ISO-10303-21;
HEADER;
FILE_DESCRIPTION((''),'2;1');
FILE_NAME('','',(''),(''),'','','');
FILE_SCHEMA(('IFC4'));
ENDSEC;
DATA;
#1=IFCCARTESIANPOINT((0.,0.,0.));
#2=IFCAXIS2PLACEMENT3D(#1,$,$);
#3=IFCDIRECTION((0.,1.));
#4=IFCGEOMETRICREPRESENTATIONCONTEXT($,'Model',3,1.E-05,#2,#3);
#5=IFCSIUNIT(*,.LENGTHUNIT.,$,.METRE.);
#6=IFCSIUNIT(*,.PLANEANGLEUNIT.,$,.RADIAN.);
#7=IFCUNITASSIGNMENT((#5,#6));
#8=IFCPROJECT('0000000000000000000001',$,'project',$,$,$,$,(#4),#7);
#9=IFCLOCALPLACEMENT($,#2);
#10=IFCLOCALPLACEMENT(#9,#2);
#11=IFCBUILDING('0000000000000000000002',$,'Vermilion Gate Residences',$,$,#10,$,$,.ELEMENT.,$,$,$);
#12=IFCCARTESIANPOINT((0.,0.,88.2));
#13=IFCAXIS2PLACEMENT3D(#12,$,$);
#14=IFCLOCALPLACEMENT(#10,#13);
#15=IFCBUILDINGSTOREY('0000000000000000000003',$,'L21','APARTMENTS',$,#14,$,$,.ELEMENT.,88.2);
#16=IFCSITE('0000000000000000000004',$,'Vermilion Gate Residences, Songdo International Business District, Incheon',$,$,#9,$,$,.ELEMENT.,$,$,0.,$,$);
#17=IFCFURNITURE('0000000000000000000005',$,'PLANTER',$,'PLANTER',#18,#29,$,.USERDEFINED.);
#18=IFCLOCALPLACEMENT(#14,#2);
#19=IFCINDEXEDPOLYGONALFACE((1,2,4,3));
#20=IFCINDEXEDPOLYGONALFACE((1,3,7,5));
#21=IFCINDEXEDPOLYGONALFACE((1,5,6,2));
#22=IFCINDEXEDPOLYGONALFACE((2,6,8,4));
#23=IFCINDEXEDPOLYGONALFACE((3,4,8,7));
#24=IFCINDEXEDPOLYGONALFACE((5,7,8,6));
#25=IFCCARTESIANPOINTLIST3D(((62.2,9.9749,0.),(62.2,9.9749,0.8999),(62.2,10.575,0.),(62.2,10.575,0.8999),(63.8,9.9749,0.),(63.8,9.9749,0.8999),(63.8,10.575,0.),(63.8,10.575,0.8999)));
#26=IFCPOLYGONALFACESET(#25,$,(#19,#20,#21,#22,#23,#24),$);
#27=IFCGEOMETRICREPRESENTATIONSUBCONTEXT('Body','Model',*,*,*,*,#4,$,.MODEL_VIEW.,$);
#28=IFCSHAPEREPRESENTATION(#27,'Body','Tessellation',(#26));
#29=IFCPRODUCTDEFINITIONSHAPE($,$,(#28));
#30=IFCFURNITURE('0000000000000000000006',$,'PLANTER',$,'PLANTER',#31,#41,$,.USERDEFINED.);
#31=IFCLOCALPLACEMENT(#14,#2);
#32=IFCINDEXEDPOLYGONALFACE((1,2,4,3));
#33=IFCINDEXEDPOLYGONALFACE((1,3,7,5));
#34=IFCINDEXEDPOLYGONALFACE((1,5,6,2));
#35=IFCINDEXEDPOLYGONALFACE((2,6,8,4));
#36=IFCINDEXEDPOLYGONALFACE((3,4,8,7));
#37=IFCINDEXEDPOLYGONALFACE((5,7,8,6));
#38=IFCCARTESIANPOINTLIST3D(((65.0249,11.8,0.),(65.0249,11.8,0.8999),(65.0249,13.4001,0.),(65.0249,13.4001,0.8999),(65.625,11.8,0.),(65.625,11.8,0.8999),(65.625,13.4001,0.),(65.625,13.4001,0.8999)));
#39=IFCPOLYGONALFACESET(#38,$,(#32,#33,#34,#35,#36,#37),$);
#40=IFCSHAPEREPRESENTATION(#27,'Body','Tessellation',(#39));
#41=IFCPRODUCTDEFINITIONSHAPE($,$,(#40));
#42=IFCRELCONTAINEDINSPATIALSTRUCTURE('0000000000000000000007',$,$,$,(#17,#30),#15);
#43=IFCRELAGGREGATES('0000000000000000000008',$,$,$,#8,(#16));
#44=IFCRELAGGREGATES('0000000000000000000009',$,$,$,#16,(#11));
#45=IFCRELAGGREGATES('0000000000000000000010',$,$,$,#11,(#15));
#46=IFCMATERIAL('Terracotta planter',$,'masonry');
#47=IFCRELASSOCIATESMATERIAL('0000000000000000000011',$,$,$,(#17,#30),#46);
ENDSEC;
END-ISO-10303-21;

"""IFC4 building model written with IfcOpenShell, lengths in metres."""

from ifc_helpers import new_model, si_unit, direction, frame, origin, origin_2d, place, context, subcontext, project, spatial, rectangle, extrude, material, element, save


model = new_model("IFC4")

# Units and contexts
model_context = context("Model", 3, precision=1e-05, world=origin(), true_north=direction((0.0, 1.0)))
body_context = subcontext(model_context, "Body", "Model", "MODEL_VIEW")
ifc_project = project(units=[si_unit("LENGTHUNIT", "METRE"), si_unit("PLANEANGLEUNIT", "RADIAN")], contexts=[model_context])

# Site, building, storey
site_placement = place(None, origin())
site = spatial("IfcSite", under=ifc_project, at=site_placement, Name="Vermilion Gate Residences, Songdo International Business District, Incheon", CompositionType="ELEMENT", RefElevation=0.0)
building_placement = place(site_placement, origin())
building = spatial("IfcBuilding", under=site, at=building_placement, Name="Vermilion Gate Residences", CompositionType="ELEMENT")
storey_placement = place(building_placement, frame((0.0, 0.0, 88.2)))
storey = spatial("IfcBuildingStorey", under=building, at=storey_placement, Name="L21", Description="APARTMENTS", CompositionType="ELEMENT", Elevation=88.2)

# Furniture
ifc_material_1 = material(Name="Terracotta planter", Category="masonry")
for number, where, z_axis, x_axis, name in (
    (1, (63.0, 10.2749, 0.0), (0.0, 0.0, 1.0), (1.0, 0.0, 0.0), "PLANTER"),
    (2, (65.325, 12.6001, 0.0), (0.0, 0.0, 1.0), (0.0, 1.0, 0.0), "PLANTER"),
):
    element("IfcFurniture", number, at=place(storey_placement, frame(where, z_axis=z_axis, x_axis=x_axis)), inside=storey, material=ifc_material_1, Name=name, ObjectType="PLANTER", PredefinedType="USERDEFINED", context=body_context, shape_type="SweptSolid", body=[
        extrude(rectangle(XDim=1.6001, YDim=0.6001, at=origin_2d()), origin(), (0.0, 0.0, 1.0), 0.8999),
    ])

save(model, "model.ifc")
